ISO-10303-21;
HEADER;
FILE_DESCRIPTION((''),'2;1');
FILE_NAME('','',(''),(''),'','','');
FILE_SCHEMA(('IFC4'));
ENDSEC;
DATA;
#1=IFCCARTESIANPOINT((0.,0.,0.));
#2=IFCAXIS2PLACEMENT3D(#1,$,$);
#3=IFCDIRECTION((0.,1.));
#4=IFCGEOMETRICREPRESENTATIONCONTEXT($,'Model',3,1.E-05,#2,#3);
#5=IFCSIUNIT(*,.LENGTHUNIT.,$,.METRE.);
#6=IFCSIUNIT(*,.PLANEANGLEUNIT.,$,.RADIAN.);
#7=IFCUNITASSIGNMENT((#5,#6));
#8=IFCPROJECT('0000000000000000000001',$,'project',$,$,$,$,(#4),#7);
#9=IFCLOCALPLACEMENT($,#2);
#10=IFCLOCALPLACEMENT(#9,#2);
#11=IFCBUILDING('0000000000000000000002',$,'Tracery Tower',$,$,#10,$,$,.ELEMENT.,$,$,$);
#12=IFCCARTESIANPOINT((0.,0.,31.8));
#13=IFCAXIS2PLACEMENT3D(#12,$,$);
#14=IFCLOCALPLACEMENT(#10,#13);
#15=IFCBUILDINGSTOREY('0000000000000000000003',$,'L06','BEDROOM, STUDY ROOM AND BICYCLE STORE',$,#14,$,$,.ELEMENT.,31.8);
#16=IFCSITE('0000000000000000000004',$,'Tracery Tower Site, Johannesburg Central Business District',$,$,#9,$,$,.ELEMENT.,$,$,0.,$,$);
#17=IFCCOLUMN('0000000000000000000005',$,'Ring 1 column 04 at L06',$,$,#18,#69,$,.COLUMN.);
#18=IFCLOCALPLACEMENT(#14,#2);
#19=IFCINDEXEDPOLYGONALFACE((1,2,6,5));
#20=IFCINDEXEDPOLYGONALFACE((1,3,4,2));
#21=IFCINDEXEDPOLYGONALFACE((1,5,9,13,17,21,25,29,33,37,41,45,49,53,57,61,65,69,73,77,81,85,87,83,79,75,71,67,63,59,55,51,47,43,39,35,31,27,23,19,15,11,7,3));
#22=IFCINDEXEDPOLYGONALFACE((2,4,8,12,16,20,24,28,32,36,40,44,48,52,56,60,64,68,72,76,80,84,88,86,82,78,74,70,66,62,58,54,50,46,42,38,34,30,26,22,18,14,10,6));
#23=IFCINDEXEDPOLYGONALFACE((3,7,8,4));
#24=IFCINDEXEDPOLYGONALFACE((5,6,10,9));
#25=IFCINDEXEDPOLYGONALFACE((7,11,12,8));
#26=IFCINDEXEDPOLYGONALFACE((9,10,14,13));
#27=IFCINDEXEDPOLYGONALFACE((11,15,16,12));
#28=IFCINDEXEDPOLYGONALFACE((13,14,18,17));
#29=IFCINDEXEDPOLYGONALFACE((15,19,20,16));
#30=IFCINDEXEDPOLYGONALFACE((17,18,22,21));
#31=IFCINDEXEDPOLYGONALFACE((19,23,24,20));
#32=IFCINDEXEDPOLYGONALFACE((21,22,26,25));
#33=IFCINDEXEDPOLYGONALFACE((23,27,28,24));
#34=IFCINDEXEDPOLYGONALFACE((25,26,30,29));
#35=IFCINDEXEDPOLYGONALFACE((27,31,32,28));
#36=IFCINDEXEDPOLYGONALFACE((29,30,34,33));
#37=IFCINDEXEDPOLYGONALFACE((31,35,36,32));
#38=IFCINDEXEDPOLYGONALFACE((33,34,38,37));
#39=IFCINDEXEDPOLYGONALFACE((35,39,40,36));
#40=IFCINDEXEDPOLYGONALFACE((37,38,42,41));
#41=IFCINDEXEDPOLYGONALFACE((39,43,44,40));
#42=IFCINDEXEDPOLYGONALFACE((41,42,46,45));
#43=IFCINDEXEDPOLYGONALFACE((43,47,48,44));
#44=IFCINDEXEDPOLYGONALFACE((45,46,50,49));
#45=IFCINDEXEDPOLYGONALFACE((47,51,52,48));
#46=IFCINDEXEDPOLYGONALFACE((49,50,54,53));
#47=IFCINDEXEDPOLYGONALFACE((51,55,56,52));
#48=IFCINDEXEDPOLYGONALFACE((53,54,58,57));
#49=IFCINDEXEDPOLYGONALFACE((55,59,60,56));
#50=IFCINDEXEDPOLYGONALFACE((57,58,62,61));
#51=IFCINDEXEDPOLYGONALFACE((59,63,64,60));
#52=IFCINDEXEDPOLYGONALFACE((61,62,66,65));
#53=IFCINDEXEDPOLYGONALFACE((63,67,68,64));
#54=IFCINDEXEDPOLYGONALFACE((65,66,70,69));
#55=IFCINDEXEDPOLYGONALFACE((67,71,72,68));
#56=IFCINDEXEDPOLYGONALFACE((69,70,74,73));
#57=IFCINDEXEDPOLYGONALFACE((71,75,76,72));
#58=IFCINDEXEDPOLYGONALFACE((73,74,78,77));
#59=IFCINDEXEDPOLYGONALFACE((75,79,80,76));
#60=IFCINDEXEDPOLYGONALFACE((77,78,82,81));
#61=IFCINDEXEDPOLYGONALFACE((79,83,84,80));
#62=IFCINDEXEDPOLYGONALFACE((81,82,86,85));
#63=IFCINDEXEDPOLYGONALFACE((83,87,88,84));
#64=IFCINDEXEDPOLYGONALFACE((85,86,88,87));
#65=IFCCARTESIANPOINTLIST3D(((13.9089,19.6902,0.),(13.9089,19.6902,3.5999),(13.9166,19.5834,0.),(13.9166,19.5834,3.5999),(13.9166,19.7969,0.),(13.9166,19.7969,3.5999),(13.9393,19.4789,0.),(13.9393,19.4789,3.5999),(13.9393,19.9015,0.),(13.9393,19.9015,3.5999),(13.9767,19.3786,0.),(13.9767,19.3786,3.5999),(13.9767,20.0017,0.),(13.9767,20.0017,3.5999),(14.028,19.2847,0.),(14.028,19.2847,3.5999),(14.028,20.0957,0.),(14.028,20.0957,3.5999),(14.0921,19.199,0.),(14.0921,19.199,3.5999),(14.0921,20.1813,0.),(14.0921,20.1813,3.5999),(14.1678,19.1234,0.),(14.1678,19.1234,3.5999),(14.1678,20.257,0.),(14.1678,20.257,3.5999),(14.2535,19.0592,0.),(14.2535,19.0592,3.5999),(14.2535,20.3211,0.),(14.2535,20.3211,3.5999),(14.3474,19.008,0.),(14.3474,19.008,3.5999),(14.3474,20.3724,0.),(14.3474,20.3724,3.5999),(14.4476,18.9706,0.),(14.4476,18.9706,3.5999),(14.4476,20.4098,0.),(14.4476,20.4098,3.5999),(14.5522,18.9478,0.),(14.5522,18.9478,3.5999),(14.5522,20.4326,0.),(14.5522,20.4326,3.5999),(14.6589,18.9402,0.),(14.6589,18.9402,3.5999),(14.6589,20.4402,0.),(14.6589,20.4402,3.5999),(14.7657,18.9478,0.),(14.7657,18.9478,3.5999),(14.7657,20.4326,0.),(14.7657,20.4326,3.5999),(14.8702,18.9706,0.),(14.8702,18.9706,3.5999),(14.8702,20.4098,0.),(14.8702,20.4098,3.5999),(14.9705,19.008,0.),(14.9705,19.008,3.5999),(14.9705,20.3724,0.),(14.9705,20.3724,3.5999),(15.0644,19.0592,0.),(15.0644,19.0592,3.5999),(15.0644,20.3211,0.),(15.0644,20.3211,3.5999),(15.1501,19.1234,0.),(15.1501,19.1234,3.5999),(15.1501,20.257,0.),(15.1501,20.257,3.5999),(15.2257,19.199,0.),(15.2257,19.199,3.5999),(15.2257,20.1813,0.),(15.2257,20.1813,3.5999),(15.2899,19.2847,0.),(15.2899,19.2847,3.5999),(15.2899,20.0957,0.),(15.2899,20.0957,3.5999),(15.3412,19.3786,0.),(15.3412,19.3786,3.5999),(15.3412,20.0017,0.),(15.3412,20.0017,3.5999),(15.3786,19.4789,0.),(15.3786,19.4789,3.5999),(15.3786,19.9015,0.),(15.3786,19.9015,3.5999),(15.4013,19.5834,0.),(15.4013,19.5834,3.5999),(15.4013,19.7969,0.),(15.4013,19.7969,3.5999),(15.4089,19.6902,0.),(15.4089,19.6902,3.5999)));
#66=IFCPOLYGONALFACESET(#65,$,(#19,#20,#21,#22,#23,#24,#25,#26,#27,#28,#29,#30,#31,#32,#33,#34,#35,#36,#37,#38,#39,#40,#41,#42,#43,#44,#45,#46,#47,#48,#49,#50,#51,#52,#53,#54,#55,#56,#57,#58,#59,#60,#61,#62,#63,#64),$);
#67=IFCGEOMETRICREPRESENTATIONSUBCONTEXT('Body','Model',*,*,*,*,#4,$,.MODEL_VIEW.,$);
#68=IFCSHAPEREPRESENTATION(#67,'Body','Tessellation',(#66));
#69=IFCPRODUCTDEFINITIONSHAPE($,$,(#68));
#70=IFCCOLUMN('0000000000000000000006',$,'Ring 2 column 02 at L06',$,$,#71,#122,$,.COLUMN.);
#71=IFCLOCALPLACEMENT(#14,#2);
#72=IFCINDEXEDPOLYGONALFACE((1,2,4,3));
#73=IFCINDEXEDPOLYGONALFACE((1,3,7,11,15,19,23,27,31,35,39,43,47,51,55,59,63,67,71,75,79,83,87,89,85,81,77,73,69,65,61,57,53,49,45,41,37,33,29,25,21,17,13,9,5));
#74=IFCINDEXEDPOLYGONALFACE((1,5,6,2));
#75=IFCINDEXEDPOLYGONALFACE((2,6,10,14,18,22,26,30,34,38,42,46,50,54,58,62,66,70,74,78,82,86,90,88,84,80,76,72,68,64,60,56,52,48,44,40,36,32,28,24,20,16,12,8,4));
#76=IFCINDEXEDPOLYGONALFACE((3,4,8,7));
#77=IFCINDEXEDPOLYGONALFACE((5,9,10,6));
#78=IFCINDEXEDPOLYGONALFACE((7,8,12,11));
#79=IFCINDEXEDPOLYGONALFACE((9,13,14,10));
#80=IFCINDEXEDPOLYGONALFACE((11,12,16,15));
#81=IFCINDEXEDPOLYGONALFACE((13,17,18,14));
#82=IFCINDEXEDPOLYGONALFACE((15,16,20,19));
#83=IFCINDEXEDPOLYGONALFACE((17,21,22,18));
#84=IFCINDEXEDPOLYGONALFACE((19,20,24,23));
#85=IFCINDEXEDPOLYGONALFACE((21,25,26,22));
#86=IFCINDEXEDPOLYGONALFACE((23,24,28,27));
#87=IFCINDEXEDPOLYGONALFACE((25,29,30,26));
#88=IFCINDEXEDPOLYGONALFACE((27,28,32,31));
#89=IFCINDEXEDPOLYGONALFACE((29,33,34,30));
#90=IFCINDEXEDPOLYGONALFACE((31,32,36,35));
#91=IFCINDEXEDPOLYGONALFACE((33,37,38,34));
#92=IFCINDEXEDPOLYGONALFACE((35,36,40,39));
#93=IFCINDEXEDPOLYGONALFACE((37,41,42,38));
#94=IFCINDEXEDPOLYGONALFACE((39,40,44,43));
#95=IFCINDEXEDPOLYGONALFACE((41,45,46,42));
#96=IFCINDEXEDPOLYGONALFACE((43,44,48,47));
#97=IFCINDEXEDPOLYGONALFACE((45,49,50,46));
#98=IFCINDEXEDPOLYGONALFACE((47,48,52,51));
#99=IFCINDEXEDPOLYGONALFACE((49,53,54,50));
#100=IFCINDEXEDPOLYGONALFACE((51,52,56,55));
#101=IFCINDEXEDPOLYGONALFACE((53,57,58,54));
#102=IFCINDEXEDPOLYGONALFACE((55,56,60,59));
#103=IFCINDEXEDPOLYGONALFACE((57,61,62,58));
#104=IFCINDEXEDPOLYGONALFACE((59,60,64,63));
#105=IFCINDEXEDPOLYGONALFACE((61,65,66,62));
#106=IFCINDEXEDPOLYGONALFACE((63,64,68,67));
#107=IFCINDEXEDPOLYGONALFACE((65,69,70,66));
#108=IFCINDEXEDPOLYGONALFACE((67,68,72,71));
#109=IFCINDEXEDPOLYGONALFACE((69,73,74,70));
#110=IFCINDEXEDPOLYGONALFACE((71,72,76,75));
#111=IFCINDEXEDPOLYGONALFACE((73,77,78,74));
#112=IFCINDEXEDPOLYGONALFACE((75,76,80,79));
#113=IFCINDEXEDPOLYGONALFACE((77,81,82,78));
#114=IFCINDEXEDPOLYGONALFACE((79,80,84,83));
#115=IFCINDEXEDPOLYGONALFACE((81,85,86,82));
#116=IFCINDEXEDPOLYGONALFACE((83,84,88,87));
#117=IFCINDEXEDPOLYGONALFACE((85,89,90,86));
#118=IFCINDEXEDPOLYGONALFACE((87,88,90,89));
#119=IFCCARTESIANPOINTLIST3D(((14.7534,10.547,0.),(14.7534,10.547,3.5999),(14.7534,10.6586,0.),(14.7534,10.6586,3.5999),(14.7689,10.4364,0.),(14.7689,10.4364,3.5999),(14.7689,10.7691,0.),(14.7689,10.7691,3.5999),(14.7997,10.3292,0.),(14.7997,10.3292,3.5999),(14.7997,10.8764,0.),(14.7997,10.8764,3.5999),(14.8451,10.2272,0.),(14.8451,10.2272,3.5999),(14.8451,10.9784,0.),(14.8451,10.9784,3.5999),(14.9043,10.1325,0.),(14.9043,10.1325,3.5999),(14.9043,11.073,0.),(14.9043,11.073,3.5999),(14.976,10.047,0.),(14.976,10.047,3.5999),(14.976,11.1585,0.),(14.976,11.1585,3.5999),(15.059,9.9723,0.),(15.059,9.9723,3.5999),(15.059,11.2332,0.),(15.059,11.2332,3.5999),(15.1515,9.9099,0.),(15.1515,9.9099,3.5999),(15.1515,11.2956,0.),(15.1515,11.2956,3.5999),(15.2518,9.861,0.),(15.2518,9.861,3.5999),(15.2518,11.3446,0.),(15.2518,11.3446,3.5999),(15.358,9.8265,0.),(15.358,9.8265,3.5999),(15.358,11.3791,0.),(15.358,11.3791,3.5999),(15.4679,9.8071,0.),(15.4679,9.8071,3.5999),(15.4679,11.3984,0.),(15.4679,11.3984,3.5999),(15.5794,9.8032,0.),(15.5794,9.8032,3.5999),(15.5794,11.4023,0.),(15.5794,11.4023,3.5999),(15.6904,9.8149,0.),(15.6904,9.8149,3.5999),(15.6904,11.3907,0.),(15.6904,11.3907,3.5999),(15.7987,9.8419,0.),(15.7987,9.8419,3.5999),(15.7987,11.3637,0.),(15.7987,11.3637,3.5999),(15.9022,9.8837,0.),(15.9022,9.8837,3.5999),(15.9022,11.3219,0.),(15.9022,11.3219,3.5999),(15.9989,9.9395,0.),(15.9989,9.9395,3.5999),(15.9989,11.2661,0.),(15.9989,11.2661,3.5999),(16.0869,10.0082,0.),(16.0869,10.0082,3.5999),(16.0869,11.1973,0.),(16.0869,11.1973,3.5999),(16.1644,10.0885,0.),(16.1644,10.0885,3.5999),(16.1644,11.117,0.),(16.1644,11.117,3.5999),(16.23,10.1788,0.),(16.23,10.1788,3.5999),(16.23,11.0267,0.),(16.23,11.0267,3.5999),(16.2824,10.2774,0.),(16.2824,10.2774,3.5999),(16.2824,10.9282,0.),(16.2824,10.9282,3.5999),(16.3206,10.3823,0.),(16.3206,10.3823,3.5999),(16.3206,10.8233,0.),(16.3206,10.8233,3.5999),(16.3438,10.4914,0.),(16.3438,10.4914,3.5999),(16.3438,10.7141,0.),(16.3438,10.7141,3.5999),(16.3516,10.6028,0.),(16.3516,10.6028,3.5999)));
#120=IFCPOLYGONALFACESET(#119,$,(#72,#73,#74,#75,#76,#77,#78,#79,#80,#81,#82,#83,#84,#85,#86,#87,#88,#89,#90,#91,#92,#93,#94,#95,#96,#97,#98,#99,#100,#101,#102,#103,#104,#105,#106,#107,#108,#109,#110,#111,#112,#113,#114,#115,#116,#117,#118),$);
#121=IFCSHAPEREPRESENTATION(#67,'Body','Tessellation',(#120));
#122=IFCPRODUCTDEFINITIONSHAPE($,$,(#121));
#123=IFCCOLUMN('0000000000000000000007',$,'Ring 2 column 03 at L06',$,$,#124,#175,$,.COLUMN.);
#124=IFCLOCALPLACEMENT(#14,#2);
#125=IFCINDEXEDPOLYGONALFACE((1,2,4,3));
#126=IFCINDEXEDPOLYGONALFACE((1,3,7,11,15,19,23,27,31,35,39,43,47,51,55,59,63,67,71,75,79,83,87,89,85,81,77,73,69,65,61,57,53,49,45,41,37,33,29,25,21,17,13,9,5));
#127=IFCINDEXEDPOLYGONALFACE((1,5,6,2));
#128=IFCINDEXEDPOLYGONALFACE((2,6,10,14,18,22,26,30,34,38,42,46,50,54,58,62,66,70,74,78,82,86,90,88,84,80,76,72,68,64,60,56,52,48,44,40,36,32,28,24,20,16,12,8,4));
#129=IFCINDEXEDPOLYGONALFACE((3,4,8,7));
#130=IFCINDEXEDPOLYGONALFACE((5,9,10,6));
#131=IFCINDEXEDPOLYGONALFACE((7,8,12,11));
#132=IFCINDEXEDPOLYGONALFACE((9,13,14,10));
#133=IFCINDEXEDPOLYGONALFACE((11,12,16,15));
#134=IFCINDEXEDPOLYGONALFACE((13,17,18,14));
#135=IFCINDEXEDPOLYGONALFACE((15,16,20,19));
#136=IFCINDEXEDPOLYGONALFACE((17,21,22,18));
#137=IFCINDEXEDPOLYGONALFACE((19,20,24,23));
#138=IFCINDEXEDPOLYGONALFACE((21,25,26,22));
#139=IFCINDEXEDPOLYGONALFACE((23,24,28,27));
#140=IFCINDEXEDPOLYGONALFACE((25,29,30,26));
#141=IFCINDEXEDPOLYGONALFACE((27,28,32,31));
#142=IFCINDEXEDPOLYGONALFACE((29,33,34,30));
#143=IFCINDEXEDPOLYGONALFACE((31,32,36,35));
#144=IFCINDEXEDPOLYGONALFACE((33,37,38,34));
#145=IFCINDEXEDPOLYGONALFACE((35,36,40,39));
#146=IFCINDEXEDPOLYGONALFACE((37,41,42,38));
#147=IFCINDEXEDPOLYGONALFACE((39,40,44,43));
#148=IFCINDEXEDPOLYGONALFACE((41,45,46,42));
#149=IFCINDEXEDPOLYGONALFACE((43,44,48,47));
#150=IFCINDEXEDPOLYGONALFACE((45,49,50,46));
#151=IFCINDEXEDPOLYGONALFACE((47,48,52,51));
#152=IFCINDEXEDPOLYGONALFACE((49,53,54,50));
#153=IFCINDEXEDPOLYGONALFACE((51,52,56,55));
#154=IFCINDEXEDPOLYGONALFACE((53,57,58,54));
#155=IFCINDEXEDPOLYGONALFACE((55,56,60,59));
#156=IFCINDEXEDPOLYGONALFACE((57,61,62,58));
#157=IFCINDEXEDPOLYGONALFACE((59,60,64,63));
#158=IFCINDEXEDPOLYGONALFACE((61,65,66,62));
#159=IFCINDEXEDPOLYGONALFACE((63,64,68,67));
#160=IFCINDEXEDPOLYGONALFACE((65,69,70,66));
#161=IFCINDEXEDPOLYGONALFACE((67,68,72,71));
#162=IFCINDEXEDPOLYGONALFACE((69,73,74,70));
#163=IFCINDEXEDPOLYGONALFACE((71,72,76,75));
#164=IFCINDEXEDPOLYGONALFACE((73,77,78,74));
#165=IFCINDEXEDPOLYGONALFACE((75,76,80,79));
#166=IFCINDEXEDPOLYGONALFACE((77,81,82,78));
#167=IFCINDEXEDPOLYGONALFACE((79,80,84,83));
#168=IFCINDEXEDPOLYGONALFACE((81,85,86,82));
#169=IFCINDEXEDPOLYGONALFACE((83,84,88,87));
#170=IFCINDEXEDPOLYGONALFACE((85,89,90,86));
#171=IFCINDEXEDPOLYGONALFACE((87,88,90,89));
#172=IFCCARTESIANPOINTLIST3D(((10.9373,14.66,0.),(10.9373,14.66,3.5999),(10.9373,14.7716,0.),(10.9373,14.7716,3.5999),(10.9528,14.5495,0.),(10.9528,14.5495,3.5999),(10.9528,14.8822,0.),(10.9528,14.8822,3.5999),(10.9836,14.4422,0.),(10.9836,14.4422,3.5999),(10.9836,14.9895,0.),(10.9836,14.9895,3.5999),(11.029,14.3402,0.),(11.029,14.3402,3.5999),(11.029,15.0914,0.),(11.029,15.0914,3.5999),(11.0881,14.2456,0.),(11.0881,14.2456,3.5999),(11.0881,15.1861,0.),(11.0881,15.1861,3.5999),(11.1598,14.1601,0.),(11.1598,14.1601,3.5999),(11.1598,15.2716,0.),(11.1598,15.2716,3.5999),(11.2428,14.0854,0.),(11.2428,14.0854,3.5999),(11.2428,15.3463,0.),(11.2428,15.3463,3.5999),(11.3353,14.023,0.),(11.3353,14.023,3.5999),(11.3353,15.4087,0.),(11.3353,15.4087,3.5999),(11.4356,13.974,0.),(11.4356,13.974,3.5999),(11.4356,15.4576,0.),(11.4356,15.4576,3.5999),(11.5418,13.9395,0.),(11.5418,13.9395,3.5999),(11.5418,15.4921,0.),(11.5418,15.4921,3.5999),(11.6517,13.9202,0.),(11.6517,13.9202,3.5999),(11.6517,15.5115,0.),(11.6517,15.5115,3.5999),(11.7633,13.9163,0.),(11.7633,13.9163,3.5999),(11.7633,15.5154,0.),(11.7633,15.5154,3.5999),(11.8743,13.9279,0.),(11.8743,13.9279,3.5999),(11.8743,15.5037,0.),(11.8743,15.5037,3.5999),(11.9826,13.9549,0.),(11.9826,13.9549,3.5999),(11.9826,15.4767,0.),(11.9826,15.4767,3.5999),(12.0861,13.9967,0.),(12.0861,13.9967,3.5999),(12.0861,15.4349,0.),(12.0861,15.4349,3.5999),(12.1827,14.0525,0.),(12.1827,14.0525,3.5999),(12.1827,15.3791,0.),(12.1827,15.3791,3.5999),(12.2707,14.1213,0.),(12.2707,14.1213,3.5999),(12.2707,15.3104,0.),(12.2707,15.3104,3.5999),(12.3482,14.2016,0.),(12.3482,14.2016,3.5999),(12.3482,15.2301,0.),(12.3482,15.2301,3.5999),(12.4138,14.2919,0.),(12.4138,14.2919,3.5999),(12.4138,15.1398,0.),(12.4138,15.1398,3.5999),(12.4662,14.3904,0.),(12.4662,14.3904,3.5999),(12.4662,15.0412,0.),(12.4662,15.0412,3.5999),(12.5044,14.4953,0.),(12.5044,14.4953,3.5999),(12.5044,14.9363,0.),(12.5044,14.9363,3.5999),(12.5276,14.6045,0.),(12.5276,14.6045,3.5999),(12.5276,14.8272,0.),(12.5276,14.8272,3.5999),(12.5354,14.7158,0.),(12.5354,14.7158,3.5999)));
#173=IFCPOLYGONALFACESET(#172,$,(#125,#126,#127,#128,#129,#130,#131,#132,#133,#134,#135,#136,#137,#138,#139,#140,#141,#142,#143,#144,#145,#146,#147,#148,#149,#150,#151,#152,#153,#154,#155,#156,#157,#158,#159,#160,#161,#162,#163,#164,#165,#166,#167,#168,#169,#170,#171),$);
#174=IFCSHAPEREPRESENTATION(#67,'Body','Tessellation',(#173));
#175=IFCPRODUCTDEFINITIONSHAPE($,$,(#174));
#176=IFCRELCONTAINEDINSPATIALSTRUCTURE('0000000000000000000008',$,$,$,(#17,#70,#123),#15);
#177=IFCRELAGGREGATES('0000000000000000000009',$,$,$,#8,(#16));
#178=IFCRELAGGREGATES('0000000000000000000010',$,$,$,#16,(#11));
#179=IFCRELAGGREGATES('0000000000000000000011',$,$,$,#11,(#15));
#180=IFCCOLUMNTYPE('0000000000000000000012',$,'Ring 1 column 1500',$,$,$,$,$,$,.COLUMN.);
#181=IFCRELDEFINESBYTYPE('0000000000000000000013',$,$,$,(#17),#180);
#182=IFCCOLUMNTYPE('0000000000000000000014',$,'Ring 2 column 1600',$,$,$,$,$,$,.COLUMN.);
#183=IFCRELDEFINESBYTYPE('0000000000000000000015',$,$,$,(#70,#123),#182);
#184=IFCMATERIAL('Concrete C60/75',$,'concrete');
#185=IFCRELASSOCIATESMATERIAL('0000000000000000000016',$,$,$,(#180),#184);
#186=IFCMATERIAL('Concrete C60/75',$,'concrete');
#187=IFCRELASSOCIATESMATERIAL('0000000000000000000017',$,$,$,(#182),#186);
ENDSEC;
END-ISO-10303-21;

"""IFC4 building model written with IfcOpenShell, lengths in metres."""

from ifc_helpers import new_model, si_unit, direction, frame, origin, origin_2d, place, context, subcontext, project, spatial, circle, extrude, material, material_profile, profile_set, type_object, element, save


model = new_model("IFC4")

# Units and contexts
model_context = context("Model", 3, precision=1e-05, world=origin(), true_north=direction((0.0, 1.0)))
body_context = subcontext(model_context, "Body", "Model", "MODEL_VIEW")
ifc_project = project(units=[si_unit("LENGTHUNIT", "METRE"), si_unit("PLANEANGLEUNIT", "RADIAN")], contexts=[model_context])

# Site, building, storey
site_placement = place(None, origin())
site = spatial("IfcSite", under=ifc_project, at=site_placement, Name="Tracery Tower Site, Johannesburg Central Business District", CompositionType="ELEMENT", RefElevation=0.0)
building_placement = place(site_placement, origin())
building = spatial("IfcBuilding", under=site, at=building_placement, Name="Tracery Tower", CompositionType="ELEMENT")
storey_placement = place(building_placement, frame((0.0, 0.0, 31.8)))
storey = spatial("IfcBuildingStorey", under=building, at=storey_placement, Name="L06", Description="BEDROOM, STUDY ROOM AND BICYCLE STORE", CompositionType="ELEMENT", Elevation=31.8)

# Columns
ifc_material_1 = material(Name="Concrete C60/75", Category="concrete")
ifc_material_profile_1 = material_profile(ifc_material_1, circle(Radius=0.75, at=origin_2d()), Name="RC D1500")
ifc_profile_set_1 = profile_set([ifc_material_profile_1], Name="Concrete C60/75")
column_type_1 = type_object("IfcColumnType", Name="Ring 1 column 1500", PredefinedType="COLUMN", material=ifc_profile_set_1)
column_placement = place(storey_placement, frame((14.6589, 19.6902, 0.0), z_axis=(0.0, 0.0, 1.0), x_axis=(1.0, 0.0, 0.0)))
element("IfcColumn", 1, at=column_placement, inside=storey, type_object=column_type_1, Name="Ring 1 column 04 at L06", PredefinedType="COLUMN", context=body_context, shape_type="SweptSolid", body=[
    extrude(circle(Radius=0.75, at=origin_2d()), origin(), (0.0, 0.0, 1.0), 3.5999),
])
ifc_material_2 = material(Name="Concrete C60/75", Category="concrete")
ifc_material_profile_2 = material_profile(ifc_material_2, circle(Radius=0.8, at=origin_2d()), Name="RC D1600")
ifc_profile_set_2 = profile_set([ifc_material_profile_2], Name="Concrete C60/75")
column_type_2 = type_object("IfcColumnType", Name="Ring 2 column 1600", PredefinedType="COLUMN", material=ifc_profile_set_2)
for number, where, z_axis, x_axis, name in (
    (2, (15.5515, 10.6028, 0.0), (0.0, 0.0, 1.0), (1.0, 0.0, 0.0), "Ring 2 column 02 at L06"),
    (3, (11.7354, 14.7158, 0.0), (0.0, 0.0, 1.0), (1.0, 0.0, 0.0), "Ring 2 column 03 at L06"),
):
    element("IfcColumn", number, at=place(storey_placement, frame(where, z_axis=z_axis, x_axis=x_axis)), inside=storey, type_object=column_type_2, Name=name, PredefinedType="COLUMN", context=body_context, shape_type="SweptSolid", body=[
        extrude(circle(Radius=0.8, at=origin_2d()), origin(), (0.0, 0.0, 1.0), 3.5999),
    ])

save(model, "model.ifc")
